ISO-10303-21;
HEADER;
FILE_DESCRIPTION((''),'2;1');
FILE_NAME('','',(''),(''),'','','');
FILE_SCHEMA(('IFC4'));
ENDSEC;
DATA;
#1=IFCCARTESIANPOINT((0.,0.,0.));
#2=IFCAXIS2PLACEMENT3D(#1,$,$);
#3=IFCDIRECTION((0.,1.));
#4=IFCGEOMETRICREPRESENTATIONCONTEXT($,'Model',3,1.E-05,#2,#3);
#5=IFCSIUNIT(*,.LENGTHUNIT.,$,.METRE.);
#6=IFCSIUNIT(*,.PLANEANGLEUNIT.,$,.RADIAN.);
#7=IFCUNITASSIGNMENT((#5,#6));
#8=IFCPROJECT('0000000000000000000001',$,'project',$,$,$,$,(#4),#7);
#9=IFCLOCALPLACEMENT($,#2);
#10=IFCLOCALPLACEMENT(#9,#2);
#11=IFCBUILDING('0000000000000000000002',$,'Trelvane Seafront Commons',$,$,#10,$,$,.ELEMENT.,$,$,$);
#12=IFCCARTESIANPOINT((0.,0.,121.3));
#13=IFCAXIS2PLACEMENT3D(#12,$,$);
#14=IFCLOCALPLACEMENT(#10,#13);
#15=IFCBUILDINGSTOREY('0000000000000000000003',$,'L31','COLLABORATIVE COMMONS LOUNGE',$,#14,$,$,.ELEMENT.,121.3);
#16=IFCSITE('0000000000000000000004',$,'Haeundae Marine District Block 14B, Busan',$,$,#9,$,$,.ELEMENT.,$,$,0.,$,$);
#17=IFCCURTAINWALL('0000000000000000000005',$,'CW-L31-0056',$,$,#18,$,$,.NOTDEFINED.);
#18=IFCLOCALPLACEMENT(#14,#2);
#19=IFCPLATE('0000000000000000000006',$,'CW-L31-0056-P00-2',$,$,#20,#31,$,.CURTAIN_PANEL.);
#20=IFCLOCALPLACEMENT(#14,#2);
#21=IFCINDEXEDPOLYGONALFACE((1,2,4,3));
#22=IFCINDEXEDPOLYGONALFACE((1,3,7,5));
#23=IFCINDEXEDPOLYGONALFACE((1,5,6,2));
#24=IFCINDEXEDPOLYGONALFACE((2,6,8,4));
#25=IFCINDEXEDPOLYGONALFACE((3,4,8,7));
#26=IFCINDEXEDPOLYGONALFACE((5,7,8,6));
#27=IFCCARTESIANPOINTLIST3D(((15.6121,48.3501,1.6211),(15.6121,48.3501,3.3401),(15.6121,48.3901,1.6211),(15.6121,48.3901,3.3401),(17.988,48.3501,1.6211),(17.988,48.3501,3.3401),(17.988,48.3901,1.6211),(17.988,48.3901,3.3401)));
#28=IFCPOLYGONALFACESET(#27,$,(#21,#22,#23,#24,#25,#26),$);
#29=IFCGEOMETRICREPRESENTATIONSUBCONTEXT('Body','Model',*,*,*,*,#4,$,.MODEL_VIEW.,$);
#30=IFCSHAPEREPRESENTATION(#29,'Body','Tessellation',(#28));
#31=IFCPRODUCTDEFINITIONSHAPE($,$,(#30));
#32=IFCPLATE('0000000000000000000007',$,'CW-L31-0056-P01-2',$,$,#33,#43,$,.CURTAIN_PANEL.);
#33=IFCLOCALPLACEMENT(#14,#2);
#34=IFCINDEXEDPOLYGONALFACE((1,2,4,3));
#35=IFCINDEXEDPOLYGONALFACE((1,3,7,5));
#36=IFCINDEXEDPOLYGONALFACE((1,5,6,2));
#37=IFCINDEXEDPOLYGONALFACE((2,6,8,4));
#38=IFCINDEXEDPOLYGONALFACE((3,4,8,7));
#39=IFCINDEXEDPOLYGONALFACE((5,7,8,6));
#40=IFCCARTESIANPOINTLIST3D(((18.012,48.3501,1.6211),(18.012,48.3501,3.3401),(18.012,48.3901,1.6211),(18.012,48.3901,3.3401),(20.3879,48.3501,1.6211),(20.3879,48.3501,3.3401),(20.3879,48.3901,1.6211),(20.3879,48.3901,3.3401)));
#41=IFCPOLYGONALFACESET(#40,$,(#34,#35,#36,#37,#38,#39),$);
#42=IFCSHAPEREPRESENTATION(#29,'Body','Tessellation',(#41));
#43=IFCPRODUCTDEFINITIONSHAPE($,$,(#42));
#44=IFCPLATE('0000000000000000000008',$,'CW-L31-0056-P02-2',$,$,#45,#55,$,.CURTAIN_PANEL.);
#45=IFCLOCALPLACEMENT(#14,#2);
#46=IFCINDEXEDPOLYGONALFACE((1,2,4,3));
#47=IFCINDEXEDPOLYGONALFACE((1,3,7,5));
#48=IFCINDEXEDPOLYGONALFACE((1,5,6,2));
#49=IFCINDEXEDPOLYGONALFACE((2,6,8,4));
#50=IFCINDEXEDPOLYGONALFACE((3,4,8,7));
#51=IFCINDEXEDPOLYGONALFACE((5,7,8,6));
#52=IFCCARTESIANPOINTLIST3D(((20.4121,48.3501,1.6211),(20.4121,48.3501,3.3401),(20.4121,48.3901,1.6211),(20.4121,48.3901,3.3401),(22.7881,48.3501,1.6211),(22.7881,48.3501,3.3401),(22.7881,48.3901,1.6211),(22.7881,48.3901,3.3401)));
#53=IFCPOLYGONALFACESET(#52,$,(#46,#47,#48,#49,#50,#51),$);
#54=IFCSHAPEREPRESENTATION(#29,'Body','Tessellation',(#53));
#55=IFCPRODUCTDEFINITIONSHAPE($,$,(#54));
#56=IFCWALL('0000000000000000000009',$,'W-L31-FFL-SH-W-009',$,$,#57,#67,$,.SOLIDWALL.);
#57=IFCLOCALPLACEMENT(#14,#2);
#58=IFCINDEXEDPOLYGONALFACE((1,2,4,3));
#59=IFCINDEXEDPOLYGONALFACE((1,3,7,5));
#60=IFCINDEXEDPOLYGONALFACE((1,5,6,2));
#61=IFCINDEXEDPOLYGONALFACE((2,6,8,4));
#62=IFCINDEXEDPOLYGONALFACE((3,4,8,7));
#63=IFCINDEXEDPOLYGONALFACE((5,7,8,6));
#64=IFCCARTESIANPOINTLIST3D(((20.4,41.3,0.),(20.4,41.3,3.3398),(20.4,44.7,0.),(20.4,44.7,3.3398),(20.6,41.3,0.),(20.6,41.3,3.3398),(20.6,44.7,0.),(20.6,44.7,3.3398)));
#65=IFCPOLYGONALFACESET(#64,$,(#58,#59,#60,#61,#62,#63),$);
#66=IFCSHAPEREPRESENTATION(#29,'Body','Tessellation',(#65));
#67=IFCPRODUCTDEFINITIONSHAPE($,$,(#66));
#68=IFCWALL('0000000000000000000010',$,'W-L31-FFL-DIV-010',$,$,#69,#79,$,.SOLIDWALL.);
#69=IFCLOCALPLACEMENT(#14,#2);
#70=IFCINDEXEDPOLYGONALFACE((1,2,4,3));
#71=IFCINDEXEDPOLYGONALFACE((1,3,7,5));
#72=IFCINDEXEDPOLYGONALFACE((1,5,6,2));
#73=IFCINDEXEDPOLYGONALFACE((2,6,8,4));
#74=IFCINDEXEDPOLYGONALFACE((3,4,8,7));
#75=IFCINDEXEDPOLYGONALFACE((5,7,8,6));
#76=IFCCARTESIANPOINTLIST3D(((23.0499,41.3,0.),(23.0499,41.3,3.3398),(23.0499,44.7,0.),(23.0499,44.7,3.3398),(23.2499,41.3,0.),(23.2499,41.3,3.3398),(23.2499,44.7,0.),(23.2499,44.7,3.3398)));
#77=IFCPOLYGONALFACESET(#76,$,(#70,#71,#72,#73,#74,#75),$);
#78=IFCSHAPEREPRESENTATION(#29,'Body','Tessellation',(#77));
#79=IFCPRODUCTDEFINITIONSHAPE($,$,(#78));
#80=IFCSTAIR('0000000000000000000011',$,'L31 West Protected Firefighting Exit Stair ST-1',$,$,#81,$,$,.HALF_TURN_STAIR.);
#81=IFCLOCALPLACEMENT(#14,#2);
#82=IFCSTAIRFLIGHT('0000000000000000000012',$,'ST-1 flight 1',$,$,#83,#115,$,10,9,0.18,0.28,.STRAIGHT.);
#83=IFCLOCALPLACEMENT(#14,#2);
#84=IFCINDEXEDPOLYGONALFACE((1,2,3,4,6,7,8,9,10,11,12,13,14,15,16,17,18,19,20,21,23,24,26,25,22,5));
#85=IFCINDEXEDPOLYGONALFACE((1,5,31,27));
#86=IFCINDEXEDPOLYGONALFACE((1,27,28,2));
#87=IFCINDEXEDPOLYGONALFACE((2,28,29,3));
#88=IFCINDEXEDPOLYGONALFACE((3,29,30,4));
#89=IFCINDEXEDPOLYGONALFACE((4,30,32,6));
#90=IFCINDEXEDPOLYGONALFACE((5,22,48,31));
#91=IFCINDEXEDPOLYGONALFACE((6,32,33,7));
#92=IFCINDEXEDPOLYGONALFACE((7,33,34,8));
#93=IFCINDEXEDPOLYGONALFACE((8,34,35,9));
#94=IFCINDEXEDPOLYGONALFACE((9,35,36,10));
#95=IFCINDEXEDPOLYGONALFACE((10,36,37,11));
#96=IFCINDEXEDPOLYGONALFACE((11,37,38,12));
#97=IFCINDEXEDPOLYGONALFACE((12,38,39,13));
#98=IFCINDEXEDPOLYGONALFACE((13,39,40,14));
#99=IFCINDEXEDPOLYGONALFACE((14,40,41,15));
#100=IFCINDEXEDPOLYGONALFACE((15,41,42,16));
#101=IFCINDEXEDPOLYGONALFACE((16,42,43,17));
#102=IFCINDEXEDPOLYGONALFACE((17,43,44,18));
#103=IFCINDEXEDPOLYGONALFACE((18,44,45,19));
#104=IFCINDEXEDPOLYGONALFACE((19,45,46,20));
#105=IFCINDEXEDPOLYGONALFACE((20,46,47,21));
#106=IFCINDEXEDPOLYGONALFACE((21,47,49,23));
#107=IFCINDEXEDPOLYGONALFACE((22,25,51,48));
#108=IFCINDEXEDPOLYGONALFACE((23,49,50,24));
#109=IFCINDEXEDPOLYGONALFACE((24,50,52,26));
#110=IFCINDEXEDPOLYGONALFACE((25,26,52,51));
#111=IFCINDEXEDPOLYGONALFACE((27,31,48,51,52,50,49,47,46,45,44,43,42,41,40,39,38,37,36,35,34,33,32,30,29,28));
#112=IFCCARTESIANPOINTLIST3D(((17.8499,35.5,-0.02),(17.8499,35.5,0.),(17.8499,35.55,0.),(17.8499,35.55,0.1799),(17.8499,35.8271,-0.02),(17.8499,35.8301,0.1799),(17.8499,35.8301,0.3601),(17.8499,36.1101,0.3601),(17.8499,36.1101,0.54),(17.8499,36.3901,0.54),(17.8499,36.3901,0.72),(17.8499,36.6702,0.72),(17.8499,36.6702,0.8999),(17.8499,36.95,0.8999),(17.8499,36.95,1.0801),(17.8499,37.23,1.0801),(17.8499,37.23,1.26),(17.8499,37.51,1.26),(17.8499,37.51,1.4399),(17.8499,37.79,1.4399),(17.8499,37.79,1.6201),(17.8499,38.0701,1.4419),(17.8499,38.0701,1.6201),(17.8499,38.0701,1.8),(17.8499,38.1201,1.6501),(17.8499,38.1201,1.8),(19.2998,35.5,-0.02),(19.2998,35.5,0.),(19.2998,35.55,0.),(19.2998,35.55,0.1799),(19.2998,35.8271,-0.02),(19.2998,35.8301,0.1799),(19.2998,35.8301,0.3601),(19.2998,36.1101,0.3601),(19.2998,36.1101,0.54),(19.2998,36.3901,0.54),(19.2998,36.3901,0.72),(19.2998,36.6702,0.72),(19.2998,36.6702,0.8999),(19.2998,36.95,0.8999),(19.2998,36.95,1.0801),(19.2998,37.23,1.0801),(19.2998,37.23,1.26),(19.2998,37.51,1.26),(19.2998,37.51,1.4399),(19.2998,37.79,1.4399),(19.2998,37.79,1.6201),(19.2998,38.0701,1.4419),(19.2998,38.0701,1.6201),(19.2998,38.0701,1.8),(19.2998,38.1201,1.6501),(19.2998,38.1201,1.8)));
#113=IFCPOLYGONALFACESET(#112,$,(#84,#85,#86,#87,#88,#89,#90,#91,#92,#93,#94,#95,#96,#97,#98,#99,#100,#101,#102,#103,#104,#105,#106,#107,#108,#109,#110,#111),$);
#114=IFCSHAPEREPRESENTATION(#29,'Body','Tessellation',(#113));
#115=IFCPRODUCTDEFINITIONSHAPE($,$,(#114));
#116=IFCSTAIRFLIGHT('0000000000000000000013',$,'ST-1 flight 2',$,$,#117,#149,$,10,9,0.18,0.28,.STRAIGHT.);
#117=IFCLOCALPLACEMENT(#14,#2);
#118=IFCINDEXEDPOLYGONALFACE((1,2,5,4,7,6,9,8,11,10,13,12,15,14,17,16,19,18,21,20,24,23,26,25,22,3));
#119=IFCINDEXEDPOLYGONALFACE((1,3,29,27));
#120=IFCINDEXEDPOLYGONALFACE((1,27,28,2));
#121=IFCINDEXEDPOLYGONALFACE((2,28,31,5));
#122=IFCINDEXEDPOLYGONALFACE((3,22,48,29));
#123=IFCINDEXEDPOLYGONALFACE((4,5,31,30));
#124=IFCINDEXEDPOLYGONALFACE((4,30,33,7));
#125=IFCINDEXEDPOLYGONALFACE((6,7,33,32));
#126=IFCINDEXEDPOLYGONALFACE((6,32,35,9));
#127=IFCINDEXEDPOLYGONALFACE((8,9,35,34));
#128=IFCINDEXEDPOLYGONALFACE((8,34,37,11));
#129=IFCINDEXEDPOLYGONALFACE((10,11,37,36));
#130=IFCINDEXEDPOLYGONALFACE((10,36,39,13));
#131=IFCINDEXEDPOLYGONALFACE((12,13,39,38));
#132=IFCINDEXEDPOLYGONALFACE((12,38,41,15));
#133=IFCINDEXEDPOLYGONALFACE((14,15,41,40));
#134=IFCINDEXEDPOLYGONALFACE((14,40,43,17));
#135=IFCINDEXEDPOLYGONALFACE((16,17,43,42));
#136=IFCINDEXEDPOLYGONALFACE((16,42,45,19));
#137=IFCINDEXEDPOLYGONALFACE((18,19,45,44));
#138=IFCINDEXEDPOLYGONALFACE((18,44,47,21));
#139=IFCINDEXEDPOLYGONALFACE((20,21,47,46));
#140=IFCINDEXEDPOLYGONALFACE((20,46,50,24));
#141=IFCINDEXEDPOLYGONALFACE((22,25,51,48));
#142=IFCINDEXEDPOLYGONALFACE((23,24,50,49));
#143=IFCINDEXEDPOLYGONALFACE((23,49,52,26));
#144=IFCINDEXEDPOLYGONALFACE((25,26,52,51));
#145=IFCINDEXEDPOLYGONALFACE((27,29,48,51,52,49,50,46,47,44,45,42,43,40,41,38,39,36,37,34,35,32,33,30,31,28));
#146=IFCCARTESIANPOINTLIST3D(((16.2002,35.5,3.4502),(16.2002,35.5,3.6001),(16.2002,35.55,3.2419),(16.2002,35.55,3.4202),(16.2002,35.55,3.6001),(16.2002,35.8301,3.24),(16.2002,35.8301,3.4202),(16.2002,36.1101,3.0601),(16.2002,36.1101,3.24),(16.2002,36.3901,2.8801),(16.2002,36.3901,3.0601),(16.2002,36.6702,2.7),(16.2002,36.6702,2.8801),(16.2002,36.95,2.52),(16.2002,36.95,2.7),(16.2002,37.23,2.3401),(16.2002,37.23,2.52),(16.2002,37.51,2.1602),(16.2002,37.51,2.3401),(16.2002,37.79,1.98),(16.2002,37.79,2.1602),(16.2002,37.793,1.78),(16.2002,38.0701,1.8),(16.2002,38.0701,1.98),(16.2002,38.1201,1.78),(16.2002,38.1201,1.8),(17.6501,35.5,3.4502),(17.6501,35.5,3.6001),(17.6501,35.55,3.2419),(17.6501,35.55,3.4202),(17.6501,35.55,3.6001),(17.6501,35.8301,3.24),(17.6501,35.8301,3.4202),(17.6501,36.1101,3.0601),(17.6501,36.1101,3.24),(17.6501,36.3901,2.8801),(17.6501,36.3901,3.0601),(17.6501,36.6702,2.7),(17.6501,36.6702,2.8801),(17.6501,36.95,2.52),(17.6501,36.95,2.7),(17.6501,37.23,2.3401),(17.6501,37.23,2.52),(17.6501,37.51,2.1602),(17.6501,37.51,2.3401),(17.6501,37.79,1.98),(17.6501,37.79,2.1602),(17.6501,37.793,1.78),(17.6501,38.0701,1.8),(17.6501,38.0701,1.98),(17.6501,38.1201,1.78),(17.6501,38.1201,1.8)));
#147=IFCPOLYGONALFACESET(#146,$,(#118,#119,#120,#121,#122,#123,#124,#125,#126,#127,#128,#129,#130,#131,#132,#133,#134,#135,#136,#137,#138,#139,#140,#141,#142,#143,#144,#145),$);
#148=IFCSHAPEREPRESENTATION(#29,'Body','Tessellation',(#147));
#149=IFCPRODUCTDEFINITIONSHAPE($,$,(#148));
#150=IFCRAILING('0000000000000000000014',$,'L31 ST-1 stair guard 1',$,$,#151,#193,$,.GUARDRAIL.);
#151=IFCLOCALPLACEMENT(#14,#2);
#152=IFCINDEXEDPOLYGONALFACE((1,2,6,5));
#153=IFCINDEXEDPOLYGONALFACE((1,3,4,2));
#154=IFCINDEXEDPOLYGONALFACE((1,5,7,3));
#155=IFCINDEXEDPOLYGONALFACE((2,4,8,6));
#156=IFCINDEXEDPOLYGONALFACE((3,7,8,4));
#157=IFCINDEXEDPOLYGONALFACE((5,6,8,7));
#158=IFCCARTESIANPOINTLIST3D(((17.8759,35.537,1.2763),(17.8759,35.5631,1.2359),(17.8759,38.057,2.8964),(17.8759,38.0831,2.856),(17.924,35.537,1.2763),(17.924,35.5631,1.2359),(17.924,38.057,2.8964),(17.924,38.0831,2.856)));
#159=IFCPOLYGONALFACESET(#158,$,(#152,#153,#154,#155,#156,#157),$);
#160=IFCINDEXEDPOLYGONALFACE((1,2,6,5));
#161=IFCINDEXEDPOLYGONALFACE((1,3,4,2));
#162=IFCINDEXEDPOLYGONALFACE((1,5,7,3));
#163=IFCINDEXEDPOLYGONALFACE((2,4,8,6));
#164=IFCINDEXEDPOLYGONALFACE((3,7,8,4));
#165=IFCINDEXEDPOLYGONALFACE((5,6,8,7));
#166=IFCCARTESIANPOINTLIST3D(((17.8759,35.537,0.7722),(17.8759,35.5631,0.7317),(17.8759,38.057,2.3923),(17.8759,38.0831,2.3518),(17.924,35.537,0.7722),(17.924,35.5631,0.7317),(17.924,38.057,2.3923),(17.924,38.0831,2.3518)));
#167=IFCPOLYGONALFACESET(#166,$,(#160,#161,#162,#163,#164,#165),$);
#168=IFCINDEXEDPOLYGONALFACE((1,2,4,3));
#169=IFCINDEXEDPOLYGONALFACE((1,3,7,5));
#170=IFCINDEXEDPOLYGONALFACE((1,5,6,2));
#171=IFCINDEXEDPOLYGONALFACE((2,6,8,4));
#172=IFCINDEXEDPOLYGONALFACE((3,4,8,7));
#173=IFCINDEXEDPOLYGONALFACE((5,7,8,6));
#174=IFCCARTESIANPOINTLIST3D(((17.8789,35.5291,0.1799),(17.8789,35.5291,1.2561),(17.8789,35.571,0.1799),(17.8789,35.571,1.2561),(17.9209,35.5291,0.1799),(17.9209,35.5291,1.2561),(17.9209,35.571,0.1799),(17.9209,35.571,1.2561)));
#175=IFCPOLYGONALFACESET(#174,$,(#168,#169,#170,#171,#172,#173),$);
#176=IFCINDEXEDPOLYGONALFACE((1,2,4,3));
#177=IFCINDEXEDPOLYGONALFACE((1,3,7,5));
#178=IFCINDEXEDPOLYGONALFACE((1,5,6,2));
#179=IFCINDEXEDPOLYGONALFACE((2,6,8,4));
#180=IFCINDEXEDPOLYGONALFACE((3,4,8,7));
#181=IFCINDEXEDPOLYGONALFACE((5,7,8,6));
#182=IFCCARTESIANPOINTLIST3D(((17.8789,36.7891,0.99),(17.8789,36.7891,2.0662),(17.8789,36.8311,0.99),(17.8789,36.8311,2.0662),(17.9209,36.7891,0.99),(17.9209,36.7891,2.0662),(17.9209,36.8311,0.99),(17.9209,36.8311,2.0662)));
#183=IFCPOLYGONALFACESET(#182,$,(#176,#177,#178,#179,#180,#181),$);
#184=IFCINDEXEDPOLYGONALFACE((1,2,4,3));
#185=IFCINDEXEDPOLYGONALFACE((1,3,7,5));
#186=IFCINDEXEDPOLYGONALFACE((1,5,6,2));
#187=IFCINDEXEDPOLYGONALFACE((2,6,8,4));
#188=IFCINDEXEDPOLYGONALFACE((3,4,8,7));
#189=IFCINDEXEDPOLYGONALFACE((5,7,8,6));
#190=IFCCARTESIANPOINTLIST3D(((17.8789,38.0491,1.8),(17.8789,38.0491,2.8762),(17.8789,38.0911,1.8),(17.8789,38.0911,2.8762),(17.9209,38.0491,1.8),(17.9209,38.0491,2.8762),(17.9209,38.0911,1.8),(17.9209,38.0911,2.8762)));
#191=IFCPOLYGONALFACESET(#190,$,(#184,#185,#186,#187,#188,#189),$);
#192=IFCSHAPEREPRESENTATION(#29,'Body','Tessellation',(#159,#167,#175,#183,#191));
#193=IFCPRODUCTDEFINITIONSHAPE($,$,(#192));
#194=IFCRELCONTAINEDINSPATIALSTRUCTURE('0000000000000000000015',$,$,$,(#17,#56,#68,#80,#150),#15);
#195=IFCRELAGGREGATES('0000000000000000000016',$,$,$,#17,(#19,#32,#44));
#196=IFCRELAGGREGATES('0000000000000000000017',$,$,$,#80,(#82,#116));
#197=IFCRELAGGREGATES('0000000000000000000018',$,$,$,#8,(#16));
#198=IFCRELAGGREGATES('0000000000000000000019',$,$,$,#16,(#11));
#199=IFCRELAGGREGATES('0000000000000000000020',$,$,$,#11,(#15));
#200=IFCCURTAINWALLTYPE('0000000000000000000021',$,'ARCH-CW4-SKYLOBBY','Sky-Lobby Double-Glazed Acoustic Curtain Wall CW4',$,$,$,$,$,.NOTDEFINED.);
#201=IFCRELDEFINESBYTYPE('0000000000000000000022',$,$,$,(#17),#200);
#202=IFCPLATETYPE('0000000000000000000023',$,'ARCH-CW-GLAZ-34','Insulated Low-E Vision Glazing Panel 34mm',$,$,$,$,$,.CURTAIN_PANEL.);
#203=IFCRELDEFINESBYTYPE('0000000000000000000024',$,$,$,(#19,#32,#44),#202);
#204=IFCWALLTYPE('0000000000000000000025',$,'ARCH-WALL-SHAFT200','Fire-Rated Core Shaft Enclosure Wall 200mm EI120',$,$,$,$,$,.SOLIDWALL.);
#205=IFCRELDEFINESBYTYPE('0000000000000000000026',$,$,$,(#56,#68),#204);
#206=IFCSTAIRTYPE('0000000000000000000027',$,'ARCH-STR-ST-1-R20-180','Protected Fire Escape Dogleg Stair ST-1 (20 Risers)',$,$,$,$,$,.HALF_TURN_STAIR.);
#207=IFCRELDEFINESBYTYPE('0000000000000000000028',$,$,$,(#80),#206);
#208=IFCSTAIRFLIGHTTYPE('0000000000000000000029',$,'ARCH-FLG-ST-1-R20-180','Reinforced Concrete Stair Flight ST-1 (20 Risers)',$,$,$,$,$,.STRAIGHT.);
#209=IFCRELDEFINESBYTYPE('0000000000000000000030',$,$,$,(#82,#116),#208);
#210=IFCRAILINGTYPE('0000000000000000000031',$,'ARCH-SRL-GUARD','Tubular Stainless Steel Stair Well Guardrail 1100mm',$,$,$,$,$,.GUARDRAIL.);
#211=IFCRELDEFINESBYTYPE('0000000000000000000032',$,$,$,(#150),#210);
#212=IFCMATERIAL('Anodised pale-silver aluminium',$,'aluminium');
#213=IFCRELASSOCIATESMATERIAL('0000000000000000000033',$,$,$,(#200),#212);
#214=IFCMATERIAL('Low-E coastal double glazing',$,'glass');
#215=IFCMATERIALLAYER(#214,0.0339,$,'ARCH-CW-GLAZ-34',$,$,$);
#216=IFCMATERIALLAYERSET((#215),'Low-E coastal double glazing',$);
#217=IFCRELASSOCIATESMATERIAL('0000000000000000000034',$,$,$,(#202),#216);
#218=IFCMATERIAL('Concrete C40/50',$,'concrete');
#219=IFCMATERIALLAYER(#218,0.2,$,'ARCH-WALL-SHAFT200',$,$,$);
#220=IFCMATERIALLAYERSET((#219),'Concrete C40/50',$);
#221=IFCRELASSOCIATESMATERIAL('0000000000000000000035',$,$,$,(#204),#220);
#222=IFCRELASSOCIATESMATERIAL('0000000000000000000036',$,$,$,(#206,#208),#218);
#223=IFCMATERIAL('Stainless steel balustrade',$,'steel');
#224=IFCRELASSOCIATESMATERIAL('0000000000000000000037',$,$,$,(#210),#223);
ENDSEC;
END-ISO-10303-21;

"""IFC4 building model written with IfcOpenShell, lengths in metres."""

from ifc_helpers import new_model, si_unit, direction, frame, frame_2d, origin, origin_2d, place, context, subcontext, project, spatial, polyline, rectangle, outline, extrude, source, transform, mapped, material, layer, layer_set, type_object, element, aggregate, save


model = new_model("IFC4")

# Units and contexts
model_context = context("Model", 3, precision=1e-05, world=origin(), true_north=direction((0.0, 1.0)))
body_context = subcontext(model_context, "Body", "Model", "MODEL_VIEW")
ifc_project = project(units=[si_unit("LENGTHUNIT", "METRE"), si_unit("PLANEANGLEUNIT", "RADIAN")], contexts=[model_context])

# Site, building, storey
site_placement = place(None, origin())
site = spatial("IfcSite", under=ifc_project, at=site_placement, Name="Haeundae Marine District Block 14B, Busan", CompositionType="ELEMENT", RefElevation=0.0)
building_placement = place(site_placement, origin())
building = spatial("IfcBuilding", under=site, at=building_placement, Name="Trelvane Seafront Commons", CompositionType="ELEMENT")
storey_placement = place(building_placement, frame((0.0, 0.0, 121.3)))
storey = spatial("IfcBuildingStorey", under=building, at=storey_placement, Name="L31", Description="COLLABORATIVE COMMONS LOUNGE", CompositionType="ELEMENT", Elevation=121.3)

# Curtain wall
ifc_material_1 = material(Name="Anodised pale-silver aluminium", Category="aluminium")
curtain_wall_type = type_object("IfcCurtainWallType", Name="ARCH-CW4-SKYLOBBY", Description="Sky-Lobby Double-Glazed Acoustic Curtain Wall CW4", PredefinedType="NOTDEFINED", material=ifc_material_1)
curtain_wall_placement = place(storey_placement, origin())
curtain_wall = element("IfcCurtainWall", 1, at=curtain_wall_placement, inside=storey, type_object=curtain_wall_type, Name="CW-L31-0056", PredefinedType="NOTDEFINED")

# Plates
ifc_material_2 = material(Name="Low-E coastal double glazing", Category="glass")
ifc_layer_1 = layer(ifc_material_2, 0.0339, Name="ARCH-CW-GLAZ-34")
ifc_layer_set_1 = layer_set([ifc_layer_1], Name="Low-E coastal double glazing")
plate_type_1 = type_object("IfcPlateType", Name="ARCH-CW-GLAZ-34", Description="Insulated Low-E Vision Glazing Panel 34mm", PredefinedType="CURTAIN_PANEL", material=ifc_layer_set_1)
shared_shape_1 = source(origin(), body_context, "Body", "SweptSolid", [
    extrude(rectangle(XDim=2.376, YDim=0.04, at=origin_2d()), origin(), (0.0, 0.0, 1.0), 1.719),
])
plate_1_placement = place(storey_placement, frame((16.8, 48.3701, 1.6211), z_axis=(0.0, 0.0, 1.0), x_axis=(1.0, 0.0, 0.0)))
plate_1 = element("IfcPlate", 2, at=plate_1_placement, type_object=plate_type_1, Name="CW-L31-0056-P00-2", PredefinedType="CURTAIN_PANEL", context=body_context, shape_type="MappedRepresentation", body=[
    mapped(shared_shape_1, transform((0.0, 0.0, 0.0), x_axis=(1.0, 0.0, 0.0), y_axis=(0.0, 1.0, 0.0), z_axis=(0.0, 0.0, 1.0), scale=1.0)),
])
plate_2_placement = place(storey_placement, frame((19.2, 48.3701, 1.6211), z_axis=(0.0, 0.0, 1.0), x_axis=(1.0, 0.0, 0.0)))
plate_2 = element("IfcPlate", 3, at=plate_2_placement, type_object=plate_type_1, Name="CW-L31-0056-P01-2", PredefinedType="CURTAIN_PANEL", context=body_context, shape_type="MappedRepresentation", body=[
    mapped(shared_shape_1, transform((0.0, 0.0, 0.0), x_axis=(1.0, 0.0, 0.0), y_axis=(0.0, 1.0, 0.0), z_axis=(0.0, 0.0, 1.0), scale=1.0)),
])
plate_3_placement = place(storey_placement, frame((21.6001, 48.3701, 1.6211), z_axis=(0.0, 0.0, 1.0), x_axis=(1.0, 0.0, 0.0)))
plate_3 = element("IfcPlate", 4, at=plate_3_placement, type_object=plate_type_1, Name="CW-L31-0056-P02-2", PredefinedType="CURTAIN_PANEL", context=body_context, shape_type="MappedRepresentation", body=[
    mapped(shared_shape_1, transform((0.0, 0.0, 0.0), x_axis=(1.0, 0.0, 0.0), y_axis=(0.0, 1.0, 0.0), z_axis=(0.0, 0.0, 1.0), scale=1.0)),
])
aggregate(curtain_wall, [plate_1, plate_2, plate_3])

# Shared definitions
ifc_material_3 = material(Name="Concrete C40/50", Category="concrete")
ifc_layer_2 = layer(ifc_material_3, 0.2, Name="ARCH-WALL-SHAFT200")
ifc_layer_set_2 = layer_set([ifc_layer_2], Name="Concrete C40/50")
wall_type = type_object("IfcWallType", Name="ARCH-WALL-SHAFT200", Description="Fire-Rated Core Shaft Enclosure Wall 200mm EI120", PredefinedType="SOLIDWALL", material=ifc_layer_set_2)
ifc_material_4 = material(Name="Stainless steel balustrade", Category="steel")

# Walls
for number, where, z_axis, x_axis, name in (
    (5, (20.5, 41.3, 0.0), (0.0, 0.0, 1.0), (0.0, 1.0, 0.0), "W-L31-FFL-SH-W-009"),
    (6, (23.1499, 41.3, 0.0), (0.0, 0.0, 1.0), (0.0, 1.0, 0.0), "W-L31-FFL-DIV-010"),
):
    element("IfcWall", number, at=place(storey_placement, frame(where, z_axis=z_axis, x_axis=x_axis)), inside=storey, type_object=wall_type, Name=name, PredefinedType="SOLIDWALL", context=body_context, shape_type="SweptSolid", body=[
        extrude(rectangle(XDim=3.3999, YDim=0.2, at=frame_2d((1.7, 0.0))), origin(), (0.0, 0.0, 1.0), 3.3398),
    ])

# Stair, stair flights
stair_type = type_object("IfcStairType", Name="ARCH-STR-ST-1-R20-180", Description="Protected Fire Escape Dogleg Stair ST-1 (20 Risers)", PredefinedType="HALF_TURN_STAIR", material=ifc_material_3)
stair_placement = place(storey_placement, origin())
stair = element("IfcStair", 7, at=stair_placement, inside=storey, type_object=stair_type, Name="L31 West Protected Firefighting Exit Stair ST-1", PredefinedType="HALF_TURN_STAIR")
stair_flight_type = type_object("IfcStairFlightType", Name="ARCH-FLG-ST-1-R20-180", Description="Reinforced Concrete Stair Flight ST-1 (20 Risers)", PredefinedType="STRAIGHT", material=ifc_material_3)
shared_shape_2 = source(origin(), body_context, "Body", "SweptSolid", [
    extrude(outline(polyline([(-0.05, -0.02), (-0.05, 0.0), (0.0, 0.0), (0.0, 0.1799), (0.28, 0.1799), (0.28, 0.3601), (0.5601, 0.3601), (0.5601, 0.54), (0.8401, 0.54), (0.8401, 0.72), (1.1201, 0.72), (1.1201, 0.8999), (1.3999, 0.8999), (1.3999, 1.0801), (1.6799, 1.0801), (1.6799, 1.26), (1.96, 1.26), (1.96, 1.4399), (2.24, 1.4399), (2.24, 1.6201), (2.52, 1.6201), (2.52, 1.8), (2.5701, 1.8), (2.5701, 1.6501), (2.52, 1.4419), (0.2771, -0.02), (-0.05, -0.02)])), frame((0.0, 0.7251, 0.0), z_axis=(0.0, -1.0, 0.0), x_axis=(1.0, 0.0, 0.0)), (0.0, 0.0, 1.0), 1.45),
])
stair_flight_1_placement = place(storey_placement, frame((18.575, 35.55, 0.0), z_axis=(0.0, 0.0, 1.0), x_axis=(0.0, 1.0, 0.0)))
stair_flight_1 = element("IfcStairFlight", 8, at=stair_flight_1_placement, type_object=stair_flight_type, Name="ST-1 flight 1", NumberOfRisers=10, NumberOfTreads=9, PredefinedType="STRAIGHT", RiserHeight=0.18, TreadLength=0.28, context=body_context, shape_type="MappedRepresentation", body=[
    mapped(shared_shape_2, transform((0.0, 0.0, 0.0), x_axis=(1.0, 0.0, 0.0), y_axis=(0.0, 1.0, 0.0), z_axis=(0.0, 0.0, 1.0), scale=1.0)),
])
stair_flight_2_placement = place(storey_placement, frame((16.925, 38.0701, 1.8), z_axis=(0.0, 0.0, 1.0), x_axis=(0.0, -1.0, 0.0)))
stair_flight_2 = element("IfcStairFlight", 9, at=stair_flight_2_placement, type_object=stair_flight_type, Name="ST-1 flight 2", NumberOfRisers=10, NumberOfTreads=9, PredefinedType="STRAIGHT", RiserHeight=0.18, TreadLength=0.28, context=body_context, shape_type="MappedRepresentation", body=[
    mapped(shared_shape_2, transform((0.0, 0.0, 0.0), x_axis=(1.0, 0.0, 0.0), y_axis=(0.0, 1.0, 0.0), z_axis=(0.0, 0.0, 1.0), scale=1.0)),
])
aggregate(stair, [stair_flight_1, stair_flight_2])

# Railing
railing_type_1 = type_object("IfcRailingType", Name="ARCH-SRL-GUARD", Description="Tubular Stainless Steel Stair Well Guardrail 1100mm", PredefinedType="GUARDRAIL", material=ifc_material_4)
railing_1_placement = place(storey_placement, frame((17.8999, 35.55, 0.1799)))
element("IfcRailing", 10, at=railing_1_placement, inside=storey, type_object=railing_type_1, Name="L31 ST-1 stair guard 1", PredefinedType="GUARDRAIL", context=body_context, shape_type="SweptSolid", body=[
    extrude(rectangle(XDim=0.0481, YDim=0.0481, at=origin_2d()), frame((0.0, 0.0, 1.0762), z_axis=(0.0, 0.841163, 0.540782), x_axis=(-1.0, 0.0, 0.0)), (0.0, 0.0, 1.0), 2.9958),
    extrude(rectangle(XDim=0.0481, YDim=0.0481, at=origin_2d()), frame((0.0, 0.0, 0.572), z_axis=(0.0, 0.841163, 0.540782), x_axis=(-1.0, 0.0, 0.0)), (0.0, 0.0, 1.0), 2.9958),
    extrude(rectangle(XDim=0.042, YDim=0.042, at=origin_2d()), origin(), (0.0, 0.0, 1.0), 1.0762),
    extrude(rectangle(XDim=0.042, YDim=0.042, at=origin_2d()), frame((0.0, 1.26, 0.8101)), (0.0, 0.0, 1.0), 1.0762),
    extrude(rectangle(XDim=0.042, YDim=0.042, at=origin_2d()), frame((0.0, 2.52, 1.6201)), (0.0, 0.0, 1.0), 1.0762),
])

save(model, "model.ifc")
